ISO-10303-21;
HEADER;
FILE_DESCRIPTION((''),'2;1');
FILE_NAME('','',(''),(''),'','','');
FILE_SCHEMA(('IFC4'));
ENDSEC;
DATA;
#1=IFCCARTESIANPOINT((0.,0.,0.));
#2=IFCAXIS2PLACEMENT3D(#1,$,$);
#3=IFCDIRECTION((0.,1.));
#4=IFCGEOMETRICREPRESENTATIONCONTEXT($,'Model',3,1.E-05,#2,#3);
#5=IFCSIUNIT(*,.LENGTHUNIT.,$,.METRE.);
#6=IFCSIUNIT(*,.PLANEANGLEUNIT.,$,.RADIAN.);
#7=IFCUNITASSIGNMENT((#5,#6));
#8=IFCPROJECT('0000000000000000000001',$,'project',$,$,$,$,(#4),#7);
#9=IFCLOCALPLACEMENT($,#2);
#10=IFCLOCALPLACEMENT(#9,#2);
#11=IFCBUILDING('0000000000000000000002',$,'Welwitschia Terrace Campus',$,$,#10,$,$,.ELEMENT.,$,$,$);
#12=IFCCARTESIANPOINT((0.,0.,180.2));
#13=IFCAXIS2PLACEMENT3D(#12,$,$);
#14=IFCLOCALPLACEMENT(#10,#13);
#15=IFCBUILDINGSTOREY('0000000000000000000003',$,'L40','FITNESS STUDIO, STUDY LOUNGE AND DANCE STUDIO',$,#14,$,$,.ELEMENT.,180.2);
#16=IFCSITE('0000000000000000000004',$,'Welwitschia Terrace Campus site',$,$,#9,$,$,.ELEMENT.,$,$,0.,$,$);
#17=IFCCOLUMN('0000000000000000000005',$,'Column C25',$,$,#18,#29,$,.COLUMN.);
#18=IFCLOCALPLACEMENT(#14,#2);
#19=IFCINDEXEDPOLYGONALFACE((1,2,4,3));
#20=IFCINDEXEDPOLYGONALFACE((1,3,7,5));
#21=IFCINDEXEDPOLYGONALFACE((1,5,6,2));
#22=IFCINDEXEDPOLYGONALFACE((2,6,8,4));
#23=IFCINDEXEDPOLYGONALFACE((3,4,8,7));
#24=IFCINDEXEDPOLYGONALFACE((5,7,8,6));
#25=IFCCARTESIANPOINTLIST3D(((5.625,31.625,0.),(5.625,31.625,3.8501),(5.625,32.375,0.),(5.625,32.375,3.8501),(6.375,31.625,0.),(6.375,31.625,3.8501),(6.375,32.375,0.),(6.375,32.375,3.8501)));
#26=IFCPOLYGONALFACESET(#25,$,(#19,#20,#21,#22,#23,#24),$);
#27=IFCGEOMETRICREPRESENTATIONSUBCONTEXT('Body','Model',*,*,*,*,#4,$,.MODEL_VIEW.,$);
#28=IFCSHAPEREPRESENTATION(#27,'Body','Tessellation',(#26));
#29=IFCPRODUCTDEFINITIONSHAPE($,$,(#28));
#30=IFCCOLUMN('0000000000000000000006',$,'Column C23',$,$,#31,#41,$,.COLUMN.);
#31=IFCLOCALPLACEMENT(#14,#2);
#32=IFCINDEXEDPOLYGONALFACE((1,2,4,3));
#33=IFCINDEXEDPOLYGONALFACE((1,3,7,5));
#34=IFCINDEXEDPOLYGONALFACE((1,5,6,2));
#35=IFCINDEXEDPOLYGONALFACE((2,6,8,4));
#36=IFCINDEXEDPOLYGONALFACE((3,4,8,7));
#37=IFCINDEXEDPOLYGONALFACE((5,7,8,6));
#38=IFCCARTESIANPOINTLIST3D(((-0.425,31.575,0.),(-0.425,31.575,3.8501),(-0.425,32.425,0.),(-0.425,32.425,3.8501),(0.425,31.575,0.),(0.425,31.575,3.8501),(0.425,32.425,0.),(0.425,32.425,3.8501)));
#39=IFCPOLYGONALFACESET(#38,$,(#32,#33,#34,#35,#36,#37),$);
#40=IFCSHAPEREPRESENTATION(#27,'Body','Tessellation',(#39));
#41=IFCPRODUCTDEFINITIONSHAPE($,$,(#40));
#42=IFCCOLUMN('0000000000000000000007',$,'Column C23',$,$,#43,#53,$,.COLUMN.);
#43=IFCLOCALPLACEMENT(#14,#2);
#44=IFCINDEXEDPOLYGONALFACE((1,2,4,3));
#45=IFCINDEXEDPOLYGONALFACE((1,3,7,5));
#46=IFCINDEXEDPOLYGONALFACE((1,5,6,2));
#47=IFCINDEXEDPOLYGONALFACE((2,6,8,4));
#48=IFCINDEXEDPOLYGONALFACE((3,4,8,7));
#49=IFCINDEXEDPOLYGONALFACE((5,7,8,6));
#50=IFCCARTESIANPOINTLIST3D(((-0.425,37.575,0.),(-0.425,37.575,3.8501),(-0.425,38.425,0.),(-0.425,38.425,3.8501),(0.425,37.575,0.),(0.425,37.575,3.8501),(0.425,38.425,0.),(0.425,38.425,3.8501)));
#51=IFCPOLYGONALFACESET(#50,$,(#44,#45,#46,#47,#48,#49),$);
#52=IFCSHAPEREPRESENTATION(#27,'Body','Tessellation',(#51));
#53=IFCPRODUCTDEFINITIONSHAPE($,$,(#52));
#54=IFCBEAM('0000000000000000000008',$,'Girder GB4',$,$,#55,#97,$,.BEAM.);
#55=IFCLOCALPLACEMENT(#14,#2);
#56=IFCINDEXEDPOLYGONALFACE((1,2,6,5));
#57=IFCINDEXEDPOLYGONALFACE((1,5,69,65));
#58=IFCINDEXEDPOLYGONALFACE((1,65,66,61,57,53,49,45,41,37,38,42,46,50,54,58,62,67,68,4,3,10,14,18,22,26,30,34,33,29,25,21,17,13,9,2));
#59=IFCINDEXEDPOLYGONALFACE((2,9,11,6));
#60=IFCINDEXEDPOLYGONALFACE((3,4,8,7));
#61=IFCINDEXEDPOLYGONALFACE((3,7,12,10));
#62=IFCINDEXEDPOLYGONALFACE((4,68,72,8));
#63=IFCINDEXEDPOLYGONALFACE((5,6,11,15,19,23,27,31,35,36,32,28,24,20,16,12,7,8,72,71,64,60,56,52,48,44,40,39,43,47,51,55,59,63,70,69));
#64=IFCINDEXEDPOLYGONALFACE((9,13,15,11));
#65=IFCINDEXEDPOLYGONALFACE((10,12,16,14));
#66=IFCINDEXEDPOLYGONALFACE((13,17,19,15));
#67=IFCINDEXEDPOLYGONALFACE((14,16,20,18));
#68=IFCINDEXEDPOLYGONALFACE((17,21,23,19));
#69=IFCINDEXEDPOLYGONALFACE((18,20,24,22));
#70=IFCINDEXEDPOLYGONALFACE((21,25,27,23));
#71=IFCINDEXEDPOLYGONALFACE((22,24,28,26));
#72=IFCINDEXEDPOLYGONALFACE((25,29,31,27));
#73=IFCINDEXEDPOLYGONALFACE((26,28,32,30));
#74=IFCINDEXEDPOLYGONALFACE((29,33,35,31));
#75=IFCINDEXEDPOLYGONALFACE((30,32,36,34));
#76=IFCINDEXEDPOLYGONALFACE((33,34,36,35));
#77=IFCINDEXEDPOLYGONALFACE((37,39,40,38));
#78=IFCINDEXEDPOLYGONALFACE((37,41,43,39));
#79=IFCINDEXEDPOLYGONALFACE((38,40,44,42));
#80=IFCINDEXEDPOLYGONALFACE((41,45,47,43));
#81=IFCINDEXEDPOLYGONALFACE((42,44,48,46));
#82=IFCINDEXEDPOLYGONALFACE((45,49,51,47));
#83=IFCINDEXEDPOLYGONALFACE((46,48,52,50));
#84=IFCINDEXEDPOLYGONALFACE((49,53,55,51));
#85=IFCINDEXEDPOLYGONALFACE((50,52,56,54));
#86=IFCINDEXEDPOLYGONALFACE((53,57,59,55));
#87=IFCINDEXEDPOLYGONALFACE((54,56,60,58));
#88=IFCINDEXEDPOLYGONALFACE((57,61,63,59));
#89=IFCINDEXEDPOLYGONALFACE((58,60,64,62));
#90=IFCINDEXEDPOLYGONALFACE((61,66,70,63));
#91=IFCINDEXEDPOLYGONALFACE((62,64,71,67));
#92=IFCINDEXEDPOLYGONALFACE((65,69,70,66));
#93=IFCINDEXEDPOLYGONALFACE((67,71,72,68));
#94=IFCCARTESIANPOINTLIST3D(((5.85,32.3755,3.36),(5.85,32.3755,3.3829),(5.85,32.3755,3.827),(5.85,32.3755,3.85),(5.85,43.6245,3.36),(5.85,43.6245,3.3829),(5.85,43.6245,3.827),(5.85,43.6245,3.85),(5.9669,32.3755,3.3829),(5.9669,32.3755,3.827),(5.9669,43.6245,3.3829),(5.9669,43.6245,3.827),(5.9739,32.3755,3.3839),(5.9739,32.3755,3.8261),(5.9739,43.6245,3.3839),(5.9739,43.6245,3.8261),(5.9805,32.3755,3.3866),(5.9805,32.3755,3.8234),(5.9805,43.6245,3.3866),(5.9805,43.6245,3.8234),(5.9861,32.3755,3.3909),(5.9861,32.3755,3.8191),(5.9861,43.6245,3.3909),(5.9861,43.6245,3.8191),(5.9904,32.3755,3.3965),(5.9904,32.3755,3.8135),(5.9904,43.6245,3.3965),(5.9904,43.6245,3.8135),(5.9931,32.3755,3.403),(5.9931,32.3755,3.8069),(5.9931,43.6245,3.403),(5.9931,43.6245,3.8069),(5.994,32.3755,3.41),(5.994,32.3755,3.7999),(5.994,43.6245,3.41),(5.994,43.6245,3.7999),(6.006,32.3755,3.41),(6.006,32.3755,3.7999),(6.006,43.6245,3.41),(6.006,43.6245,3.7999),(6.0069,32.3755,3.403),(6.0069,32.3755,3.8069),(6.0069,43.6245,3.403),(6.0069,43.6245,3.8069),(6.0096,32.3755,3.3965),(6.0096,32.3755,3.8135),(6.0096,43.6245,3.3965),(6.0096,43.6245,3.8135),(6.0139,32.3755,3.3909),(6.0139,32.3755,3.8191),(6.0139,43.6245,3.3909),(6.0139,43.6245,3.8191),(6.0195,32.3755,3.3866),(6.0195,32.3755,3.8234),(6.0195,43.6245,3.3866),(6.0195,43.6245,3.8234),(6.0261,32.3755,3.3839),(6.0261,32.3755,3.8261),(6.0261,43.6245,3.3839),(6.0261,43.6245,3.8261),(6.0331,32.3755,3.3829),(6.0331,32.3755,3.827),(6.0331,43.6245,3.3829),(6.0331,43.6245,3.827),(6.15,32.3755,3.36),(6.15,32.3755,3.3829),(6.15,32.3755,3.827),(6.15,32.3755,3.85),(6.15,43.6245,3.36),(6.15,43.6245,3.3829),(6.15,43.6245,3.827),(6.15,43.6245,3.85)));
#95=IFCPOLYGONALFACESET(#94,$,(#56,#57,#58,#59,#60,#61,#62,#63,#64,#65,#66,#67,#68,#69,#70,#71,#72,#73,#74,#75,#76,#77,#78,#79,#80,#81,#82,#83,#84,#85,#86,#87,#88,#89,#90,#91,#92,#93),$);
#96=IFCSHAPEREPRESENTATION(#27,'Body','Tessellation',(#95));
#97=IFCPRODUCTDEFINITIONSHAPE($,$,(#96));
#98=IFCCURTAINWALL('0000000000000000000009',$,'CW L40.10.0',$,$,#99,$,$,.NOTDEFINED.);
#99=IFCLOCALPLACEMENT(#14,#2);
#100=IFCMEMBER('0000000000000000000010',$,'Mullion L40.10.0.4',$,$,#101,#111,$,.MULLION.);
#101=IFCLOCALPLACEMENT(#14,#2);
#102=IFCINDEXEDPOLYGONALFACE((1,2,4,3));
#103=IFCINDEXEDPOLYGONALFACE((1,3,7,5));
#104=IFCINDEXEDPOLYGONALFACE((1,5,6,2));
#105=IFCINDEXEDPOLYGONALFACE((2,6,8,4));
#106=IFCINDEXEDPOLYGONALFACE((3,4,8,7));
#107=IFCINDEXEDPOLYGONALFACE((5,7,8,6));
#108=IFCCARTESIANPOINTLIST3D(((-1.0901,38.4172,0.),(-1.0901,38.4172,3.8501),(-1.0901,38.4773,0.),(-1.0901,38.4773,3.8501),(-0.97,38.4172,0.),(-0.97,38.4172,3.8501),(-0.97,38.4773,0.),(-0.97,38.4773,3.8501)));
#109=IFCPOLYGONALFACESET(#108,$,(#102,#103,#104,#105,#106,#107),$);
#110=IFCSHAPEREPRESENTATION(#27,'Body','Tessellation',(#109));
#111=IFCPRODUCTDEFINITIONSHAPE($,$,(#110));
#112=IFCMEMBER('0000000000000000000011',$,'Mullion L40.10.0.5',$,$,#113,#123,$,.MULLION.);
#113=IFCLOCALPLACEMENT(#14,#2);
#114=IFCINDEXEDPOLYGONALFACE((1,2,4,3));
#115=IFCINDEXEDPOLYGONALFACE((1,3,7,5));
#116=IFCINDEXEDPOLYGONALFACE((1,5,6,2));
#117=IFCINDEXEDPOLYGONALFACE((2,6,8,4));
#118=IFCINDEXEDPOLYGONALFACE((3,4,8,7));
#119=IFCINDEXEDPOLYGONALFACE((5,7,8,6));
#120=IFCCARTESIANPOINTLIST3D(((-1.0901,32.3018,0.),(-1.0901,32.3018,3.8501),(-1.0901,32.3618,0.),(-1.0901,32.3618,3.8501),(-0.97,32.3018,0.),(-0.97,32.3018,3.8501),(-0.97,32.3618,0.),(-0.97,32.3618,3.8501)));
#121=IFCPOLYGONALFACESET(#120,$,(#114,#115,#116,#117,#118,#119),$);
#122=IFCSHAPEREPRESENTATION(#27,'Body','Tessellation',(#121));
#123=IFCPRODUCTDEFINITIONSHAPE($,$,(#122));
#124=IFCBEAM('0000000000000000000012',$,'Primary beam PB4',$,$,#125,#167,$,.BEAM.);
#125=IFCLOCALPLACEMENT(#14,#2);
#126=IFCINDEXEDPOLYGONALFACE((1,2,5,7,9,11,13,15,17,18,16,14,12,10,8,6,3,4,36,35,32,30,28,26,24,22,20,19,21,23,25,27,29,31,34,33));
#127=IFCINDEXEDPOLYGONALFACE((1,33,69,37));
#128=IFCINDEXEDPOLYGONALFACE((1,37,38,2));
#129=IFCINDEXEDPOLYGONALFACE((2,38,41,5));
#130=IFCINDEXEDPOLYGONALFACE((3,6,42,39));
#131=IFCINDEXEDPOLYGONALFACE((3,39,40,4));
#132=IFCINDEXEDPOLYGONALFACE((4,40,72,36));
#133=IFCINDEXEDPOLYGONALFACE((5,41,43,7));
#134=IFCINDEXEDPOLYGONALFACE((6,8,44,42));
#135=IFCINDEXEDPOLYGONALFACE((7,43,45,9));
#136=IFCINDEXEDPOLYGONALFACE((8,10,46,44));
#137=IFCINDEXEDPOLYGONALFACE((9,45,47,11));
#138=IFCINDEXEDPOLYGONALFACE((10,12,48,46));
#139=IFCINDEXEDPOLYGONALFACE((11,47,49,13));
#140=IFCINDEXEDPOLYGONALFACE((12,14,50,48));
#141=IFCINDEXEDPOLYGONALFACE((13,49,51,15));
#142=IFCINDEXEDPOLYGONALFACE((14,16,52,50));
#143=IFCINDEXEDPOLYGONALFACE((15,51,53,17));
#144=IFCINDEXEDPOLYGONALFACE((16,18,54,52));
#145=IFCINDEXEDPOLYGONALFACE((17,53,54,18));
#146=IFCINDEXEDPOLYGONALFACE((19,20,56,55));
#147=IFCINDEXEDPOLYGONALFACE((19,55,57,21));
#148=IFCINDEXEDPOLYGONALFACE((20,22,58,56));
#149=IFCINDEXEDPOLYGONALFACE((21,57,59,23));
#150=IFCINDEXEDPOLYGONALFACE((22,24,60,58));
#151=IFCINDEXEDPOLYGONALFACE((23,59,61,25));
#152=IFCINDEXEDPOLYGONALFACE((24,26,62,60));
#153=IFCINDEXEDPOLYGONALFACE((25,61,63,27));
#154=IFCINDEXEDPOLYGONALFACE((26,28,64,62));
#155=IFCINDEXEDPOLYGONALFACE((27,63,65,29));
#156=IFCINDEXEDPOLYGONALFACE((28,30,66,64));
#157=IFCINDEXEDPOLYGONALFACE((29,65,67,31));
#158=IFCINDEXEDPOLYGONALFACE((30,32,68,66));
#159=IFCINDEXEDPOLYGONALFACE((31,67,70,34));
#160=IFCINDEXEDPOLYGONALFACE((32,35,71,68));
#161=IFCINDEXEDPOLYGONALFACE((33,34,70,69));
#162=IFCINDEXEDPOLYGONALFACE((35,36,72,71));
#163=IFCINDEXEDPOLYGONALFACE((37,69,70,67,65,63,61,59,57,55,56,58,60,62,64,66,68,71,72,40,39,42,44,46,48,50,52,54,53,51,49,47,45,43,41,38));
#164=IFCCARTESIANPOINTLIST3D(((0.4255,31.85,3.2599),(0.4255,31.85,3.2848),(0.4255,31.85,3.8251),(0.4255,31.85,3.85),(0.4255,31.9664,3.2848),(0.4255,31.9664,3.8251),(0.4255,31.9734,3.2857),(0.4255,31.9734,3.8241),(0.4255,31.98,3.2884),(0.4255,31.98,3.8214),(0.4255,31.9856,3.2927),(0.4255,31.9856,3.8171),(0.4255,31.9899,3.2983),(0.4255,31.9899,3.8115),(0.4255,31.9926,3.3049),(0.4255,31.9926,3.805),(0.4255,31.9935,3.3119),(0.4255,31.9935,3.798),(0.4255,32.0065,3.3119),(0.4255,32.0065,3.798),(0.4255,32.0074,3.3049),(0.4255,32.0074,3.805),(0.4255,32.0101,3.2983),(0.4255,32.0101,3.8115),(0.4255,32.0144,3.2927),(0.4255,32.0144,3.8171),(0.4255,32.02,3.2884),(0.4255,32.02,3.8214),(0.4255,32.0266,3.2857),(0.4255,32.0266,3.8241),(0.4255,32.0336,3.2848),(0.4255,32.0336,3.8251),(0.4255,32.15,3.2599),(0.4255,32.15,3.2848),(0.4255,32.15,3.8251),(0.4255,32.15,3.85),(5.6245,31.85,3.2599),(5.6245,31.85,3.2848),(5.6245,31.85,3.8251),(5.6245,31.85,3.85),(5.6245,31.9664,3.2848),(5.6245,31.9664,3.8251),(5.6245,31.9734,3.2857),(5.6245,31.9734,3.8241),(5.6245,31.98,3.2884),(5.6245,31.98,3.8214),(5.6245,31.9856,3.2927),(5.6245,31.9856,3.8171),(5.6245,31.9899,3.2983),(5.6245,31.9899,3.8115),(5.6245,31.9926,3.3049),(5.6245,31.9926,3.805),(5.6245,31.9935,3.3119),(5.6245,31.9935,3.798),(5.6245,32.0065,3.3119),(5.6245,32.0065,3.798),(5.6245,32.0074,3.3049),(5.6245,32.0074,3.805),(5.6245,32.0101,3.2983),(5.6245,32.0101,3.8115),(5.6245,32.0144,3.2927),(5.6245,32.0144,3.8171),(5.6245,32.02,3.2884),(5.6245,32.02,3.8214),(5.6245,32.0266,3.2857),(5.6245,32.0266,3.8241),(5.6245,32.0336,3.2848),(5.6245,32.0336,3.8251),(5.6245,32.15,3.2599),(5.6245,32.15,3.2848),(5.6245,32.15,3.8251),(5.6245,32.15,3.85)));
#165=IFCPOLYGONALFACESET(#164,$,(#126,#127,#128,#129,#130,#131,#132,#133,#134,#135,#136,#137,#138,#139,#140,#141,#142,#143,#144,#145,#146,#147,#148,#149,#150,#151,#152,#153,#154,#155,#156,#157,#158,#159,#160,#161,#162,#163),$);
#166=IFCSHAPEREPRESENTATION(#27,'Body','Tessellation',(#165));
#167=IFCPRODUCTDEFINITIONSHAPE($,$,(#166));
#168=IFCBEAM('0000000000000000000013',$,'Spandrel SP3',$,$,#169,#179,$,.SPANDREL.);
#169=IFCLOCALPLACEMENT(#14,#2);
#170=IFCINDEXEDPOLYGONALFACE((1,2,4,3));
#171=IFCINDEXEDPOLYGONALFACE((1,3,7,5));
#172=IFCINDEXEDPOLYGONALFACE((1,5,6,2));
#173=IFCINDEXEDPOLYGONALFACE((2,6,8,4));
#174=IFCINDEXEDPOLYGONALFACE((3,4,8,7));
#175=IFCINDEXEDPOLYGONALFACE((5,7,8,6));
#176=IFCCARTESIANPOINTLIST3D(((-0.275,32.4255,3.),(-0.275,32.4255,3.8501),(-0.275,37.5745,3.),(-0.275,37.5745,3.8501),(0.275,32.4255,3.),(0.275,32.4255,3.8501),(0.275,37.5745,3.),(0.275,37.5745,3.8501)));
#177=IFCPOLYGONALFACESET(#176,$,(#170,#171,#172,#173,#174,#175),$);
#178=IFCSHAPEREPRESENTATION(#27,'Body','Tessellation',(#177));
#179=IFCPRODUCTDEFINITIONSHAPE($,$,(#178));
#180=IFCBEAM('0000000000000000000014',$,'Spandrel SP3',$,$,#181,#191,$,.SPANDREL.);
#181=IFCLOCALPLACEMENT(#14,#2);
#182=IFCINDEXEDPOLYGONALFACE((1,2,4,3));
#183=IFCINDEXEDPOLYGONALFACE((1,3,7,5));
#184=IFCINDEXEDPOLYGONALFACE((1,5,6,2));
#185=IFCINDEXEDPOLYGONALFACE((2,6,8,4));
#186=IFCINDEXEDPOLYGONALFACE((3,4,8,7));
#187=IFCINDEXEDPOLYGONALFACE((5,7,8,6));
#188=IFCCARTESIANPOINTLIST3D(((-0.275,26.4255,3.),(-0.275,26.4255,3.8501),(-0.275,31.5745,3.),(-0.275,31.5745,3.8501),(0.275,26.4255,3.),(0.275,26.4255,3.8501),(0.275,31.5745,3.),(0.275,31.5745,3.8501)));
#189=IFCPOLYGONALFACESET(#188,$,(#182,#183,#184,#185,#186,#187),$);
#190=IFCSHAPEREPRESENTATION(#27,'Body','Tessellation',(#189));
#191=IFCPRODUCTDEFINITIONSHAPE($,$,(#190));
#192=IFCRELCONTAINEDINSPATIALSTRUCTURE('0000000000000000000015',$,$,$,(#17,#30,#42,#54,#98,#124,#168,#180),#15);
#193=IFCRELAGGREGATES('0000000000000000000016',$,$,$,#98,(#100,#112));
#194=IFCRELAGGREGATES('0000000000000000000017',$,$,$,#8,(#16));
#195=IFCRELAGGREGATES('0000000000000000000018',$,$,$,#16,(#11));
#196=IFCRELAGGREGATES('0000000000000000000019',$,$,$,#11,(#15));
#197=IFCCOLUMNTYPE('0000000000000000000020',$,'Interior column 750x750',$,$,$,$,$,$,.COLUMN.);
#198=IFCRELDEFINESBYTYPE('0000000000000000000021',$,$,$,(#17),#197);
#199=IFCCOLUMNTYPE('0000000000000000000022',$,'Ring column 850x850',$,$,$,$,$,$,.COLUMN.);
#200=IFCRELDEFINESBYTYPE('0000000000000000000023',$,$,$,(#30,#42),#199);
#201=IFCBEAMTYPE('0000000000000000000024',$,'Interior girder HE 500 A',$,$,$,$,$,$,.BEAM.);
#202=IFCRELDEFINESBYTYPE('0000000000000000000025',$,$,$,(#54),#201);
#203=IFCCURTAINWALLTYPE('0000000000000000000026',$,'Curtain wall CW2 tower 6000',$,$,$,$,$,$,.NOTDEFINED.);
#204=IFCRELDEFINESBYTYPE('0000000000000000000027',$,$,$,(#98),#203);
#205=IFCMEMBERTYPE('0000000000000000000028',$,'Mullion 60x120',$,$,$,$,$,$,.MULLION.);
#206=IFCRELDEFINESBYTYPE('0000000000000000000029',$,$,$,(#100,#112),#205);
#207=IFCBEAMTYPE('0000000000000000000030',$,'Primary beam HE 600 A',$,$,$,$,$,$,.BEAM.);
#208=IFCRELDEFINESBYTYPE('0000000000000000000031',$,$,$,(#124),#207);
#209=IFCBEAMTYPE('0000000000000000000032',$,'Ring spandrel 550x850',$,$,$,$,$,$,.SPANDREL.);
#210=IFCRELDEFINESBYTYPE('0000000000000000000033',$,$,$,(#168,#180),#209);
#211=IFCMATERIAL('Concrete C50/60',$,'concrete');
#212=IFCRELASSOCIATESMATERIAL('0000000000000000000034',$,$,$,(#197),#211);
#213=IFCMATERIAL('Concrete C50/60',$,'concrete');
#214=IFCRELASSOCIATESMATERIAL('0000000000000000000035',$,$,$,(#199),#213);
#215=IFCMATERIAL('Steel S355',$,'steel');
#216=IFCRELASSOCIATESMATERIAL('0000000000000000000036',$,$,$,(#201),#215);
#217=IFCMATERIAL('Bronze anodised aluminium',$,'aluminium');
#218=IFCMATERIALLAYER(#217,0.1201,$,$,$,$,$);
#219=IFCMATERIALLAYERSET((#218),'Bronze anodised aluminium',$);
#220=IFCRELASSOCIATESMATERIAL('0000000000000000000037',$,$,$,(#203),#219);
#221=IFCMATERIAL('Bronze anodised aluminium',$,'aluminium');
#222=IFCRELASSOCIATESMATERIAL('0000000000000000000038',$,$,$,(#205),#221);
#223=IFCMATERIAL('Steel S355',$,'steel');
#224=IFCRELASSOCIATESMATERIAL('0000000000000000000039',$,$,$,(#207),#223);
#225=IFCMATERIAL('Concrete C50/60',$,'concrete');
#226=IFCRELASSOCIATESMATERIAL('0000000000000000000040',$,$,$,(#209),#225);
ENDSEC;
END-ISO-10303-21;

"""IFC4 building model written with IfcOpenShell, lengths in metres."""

from ifc_helpers import new_model, si_unit, direction, frame, origin, origin_2d, place, context, subcontext, project, spatial, rectangle, i_section, extrude, material, layer, layer_set, material_profile, profile_set, type_object, element, aggregate, save


model = new_model("IFC4")

# Units and contexts
model_context = context("Model", 3, precision=1e-05, world=origin(), true_north=direction((0.0, 1.0)))
body_context = subcontext(model_context, "Body", "Model", "MODEL_VIEW")
ifc_project = project(units=[si_unit("LENGTHUNIT", "METRE"), si_unit("PLANEANGLEUNIT", "RADIAN")], contexts=[model_context])

# Site, building, storey
site_placement = place(None, origin())
site = spatial("IfcSite", under=ifc_project, at=site_placement, Name="Welwitschia Terrace Campus site", CompositionType="ELEMENT", RefElevation=0.0)
building_placement = place(site_placement, origin())
building = spatial("IfcBuilding", under=site, at=building_placement, Name="Welwitschia Terrace Campus", CompositionType="ELEMENT")
storey_placement = place(building_placement, frame((0.0, 0.0, 180.2)))
storey = spatial("IfcBuildingStorey", under=building, at=storey_placement, Name="L40", Description="FITNESS STUDIO, STUDY LOUNGE AND DANCE STUDIO", CompositionType="ELEMENT", Elevation=180.2)

# Columns
ifc_material_1 = material(Name="Concrete C50/60", Category="concrete")
ifc_material_profile_1 = material_profile(ifc_material_1, rectangle(XDim=0.75, YDim=0.75, at=origin_2d()))
ifc_profile_set_1 = profile_set([ifc_material_profile_1], Name="Concrete C50/60")
column_type_1 = type_object("IfcColumnType", Name="Interior column 750x750", PredefinedType="COLUMN", material=ifc_profile_set_1)
column_placement = place(storey_placement, frame((6.0, 32.0, 0.0), z_axis=(0.0, 0.0, 1.0), x_axis=(1.0, 0.0, 0.0)))
element("IfcColumn", 1, at=column_placement, inside=storey, type_object=column_type_1, Name="Column C25", PredefinedType="COLUMN", context=body_context, shape_type="SweptSolid", body=[
    extrude(rectangle(XDim=0.75, YDim=0.75, at=origin_2d()), origin(), (0.0, 0.0, 1.0), 3.8501),
])
ifc_material_2 = material(Name="Concrete C50/60", Category="concrete")
ifc_material_profile_2 = material_profile(ifc_material_2, rectangle(XDim=0.8501, YDim=0.8501, at=origin_2d()))
ifc_profile_set_2 = profile_set([ifc_material_profile_2], Name="Concrete C50/60")
column_type_2 = type_object("IfcColumnType", Name="Ring column 850x850", PredefinedType="COLUMN", material=ifc_profile_set_2)
for number, where, z_axis, x_axis, name in (
    (2, (0.0, 32.0, 0.0), (0.0, 0.0, 1.0), (1.0, 0.0, 0.0), "Column C23"),
    (3, (0.0, 38.0, 0.0), (0.0, 0.0, 1.0), (1.0, 0.0, 0.0), "Column C23"),
):
    element("IfcColumn", number, at=place(storey_placement, frame(where, z_axis=z_axis, x_axis=x_axis)), inside=storey, type_object=column_type_2, Name=name, PredefinedType="COLUMN", context=body_context, shape_type="SweptSolid", body=[
        extrude(rectangle(XDim=0.8501, YDim=0.8501, at=origin_2d()), origin(), (0.0, 0.0, 1.0), 3.8501),
    ])

# Beam
ifc_material_3 = material(Name="Steel S355", Category="steel")
ifc_material_profile_3 = material_profile(ifc_material_3, i_section(OverallWidth=0.3, OverallDepth=0.49, WebThickness=0.012, FlangeThickness=0.0229, FilletRadius=0.0271, at=origin_2d()))
ifc_profile_set_3 = profile_set([ifc_material_profile_3], Name="Steel S355")
beam_type_1 = type_object("IfcBeamType", Name="Interior girder HE 500 A", PredefinedType="BEAM", material=ifc_profile_set_3)
beam_1_placement = place(storey_placement, frame((6.0, 32.3755, 3.605), z_axis=(0.0, 1.0, 0.0), x_axis=(-1.0, 0.0, 0.0)))
element("IfcBeam", 4, at=beam_1_placement, inside=storey, type_object=beam_type_1, Name="Girder GB4", PredefinedType="BEAM", context=body_context, shape_type="SweptSolid", body=[
    extrude(i_section(OverallWidth=0.3, OverallDepth=0.49, WebThickness=0.012, FlangeThickness=0.0229, FilletRadius=0.0271, at=origin_2d()), origin(), (0.0, 0.0, 1.0), 11.249),
])

# Curtain wall, members
ifc_material_4 = material(Name="Bronze anodised aluminium", Category="aluminium")
ifc_layer_1 = layer(ifc_material_4, 0.1201)
ifc_layer_set_1 = layer_set([ifc_layer_1], Name="Bronze anodised aluminium")
curtain_wall_type = type_object("IfcCurtainWallType", Name="Curtain wall CW2 tower 6000", PredefinedType="NOTDEFINED", material=ifc_layer_set_1)
curtain_wall_placement = place(storey_placement, origin())
curtain_wall = element("IfcCurtainWall", 5, at=curtain_wall_placement, inside=storey, type_object=curtain_wall_type, Name="CW L40.10.0", PredefinedType="NOTDEFINED")
ifc_material_5 = material(Name="Bronze anodised aluminium", Category="aluminium")
ifc_material_profile_4 = material_profile(ifc_material_5, rectangle(XDim=0.1201, YDim=0.0601, at=origin_2d()))
ifc_profile_set_4 = profile_set([ifc_material_profile_4], Name="Bronze anodised aluminium")
member_type = type_object("IfcMemberType", Name="Mullion 60x120", PredefinedType="MULLION", material=ifc_profile_set_4)
member_1_placement = place(storey_placement, frame((-1.03, 38.4473, 0.0), z_axis=(0.0, 0.0, 1.0), x_axis=(1.0, 0.0, 0.0)))
member_1 = element("IfcMember", 6, at=member_1_placement, type_object=member_type, Name="Mullion L40.10.0.4", PredefinedType="MULLION", context=body_context, shape_type="SweptSolid", body=[
    extrude(rectangle(XDim=0.1201, YDim=0.0601, at=origin_2d()), origin(), (0.0, 0.0, 1.0), 3.8501),
])
member_2_placement = place(storey_placement, frame((-1.03, 32.3318, 0.0), z_axis=(0.0, 0.0, 1.0), x_axis=(1.0, 0.0, 0.0)))
member_2 = element("IfcMember", 7, at=member_2_placement, type_object=member_type, Name="Mullion L40.10.0.5", PredefinedType="MULLION", context=body_context, shape_type="SweptSolid", body=[
    extrude(rectangle(XDim=0.1201, YDim=0.0601, at=origin_2d()), origin(), (0.0, 0.0, 1.0), 3.8501),
])

# Beams
ifc_material_6 = material(Name="Steel S355", Category="steel")
ifc_material_profile_5 = material_profile(ifc_material_6, i_section(OverallWidth=0.3, OverallDepth=0.5901, WebThickness=0.0129, FlangeThickness=0.0249, FilletRadius=0.0271, at=origin_2d()))
ifc_profile_set_5 = profile_set([ifc_material_profile_5], Name="Steel S355")
beam_type_2 = type_object("IfcBeamType", Name="Primary beam HE 600 A", PredefinedType="BEAM", material=ifc_profile_set_5)
beam_2_placement = place(storey_placement, frame((0.4255, 32.0, 3.5549), z_axis=(1.0, 0.0, 0.0), x_axis=(0.0, 1.0, 0.0)))
element("IfcBeam", 8, at=beam_2_placement, inside=storey, type_object=beam_type_2, Name="Primary beam PB4", PredefinedType="BEAM", context=body_context, shape_type="SweptSolid", body=[
    extrude(i_section(OverallWidth=0.3, OverallDepth=0.5901, WebThickness=0.0129, FlangeThickness=0.0249, FilletRadius=0.0271, at=origin_2d()), origin(), (0.0, 0.0, 1.0), 5.199),
])
ifc_material_7 = material(Name="Concrete C50/60", Category="concrete")
ifc_material_profile_6 = material_profile(ifc_material_7, rectangle(XDim=0.55, YDim=0.8501, at=origin_2d()))
ifc_profile_set_6 = profile_set([ifc_material_profile_6], Name="Concrete C50/60")
beam_type_3 = type_object("IfcBeamType", Name="Ring spandrel 550x850", PredefinedType="SPANDREL", material=ifc_profile_set_6)
for number, where, z_axis, x_axis, name in (
    (9, (0.0, 37.5745, 3.425), (0.0, -1.0, 0.0), (1.0, 0.0, 0.0), "Spandrel SP3"),
    (10, (0.0, 31.5745, 3.425), (0.0, -1.0, 0.0), (1.0, 0.0, 0.0), "Spandrel SP3"),
):
    element("IfcBeam", number, at=place(storey_placement, frame(where, z_axis=z_axis, x_axis=x_axis)), inside=storey, type_object=beam_type_3, Name=name, PredefinedType="SPANDREL", context=body_context, shape_type="SweptSolid", body=[
        extrude(rectangle(XDim=0.55, YDim=0.8501, at=origin_2d()), origin(), (0.0, 0.0, 1.0), 5.1489),
    ])

aggregate(curtain_wall, [member_1, member_2])

save(model, "model.ifc")
